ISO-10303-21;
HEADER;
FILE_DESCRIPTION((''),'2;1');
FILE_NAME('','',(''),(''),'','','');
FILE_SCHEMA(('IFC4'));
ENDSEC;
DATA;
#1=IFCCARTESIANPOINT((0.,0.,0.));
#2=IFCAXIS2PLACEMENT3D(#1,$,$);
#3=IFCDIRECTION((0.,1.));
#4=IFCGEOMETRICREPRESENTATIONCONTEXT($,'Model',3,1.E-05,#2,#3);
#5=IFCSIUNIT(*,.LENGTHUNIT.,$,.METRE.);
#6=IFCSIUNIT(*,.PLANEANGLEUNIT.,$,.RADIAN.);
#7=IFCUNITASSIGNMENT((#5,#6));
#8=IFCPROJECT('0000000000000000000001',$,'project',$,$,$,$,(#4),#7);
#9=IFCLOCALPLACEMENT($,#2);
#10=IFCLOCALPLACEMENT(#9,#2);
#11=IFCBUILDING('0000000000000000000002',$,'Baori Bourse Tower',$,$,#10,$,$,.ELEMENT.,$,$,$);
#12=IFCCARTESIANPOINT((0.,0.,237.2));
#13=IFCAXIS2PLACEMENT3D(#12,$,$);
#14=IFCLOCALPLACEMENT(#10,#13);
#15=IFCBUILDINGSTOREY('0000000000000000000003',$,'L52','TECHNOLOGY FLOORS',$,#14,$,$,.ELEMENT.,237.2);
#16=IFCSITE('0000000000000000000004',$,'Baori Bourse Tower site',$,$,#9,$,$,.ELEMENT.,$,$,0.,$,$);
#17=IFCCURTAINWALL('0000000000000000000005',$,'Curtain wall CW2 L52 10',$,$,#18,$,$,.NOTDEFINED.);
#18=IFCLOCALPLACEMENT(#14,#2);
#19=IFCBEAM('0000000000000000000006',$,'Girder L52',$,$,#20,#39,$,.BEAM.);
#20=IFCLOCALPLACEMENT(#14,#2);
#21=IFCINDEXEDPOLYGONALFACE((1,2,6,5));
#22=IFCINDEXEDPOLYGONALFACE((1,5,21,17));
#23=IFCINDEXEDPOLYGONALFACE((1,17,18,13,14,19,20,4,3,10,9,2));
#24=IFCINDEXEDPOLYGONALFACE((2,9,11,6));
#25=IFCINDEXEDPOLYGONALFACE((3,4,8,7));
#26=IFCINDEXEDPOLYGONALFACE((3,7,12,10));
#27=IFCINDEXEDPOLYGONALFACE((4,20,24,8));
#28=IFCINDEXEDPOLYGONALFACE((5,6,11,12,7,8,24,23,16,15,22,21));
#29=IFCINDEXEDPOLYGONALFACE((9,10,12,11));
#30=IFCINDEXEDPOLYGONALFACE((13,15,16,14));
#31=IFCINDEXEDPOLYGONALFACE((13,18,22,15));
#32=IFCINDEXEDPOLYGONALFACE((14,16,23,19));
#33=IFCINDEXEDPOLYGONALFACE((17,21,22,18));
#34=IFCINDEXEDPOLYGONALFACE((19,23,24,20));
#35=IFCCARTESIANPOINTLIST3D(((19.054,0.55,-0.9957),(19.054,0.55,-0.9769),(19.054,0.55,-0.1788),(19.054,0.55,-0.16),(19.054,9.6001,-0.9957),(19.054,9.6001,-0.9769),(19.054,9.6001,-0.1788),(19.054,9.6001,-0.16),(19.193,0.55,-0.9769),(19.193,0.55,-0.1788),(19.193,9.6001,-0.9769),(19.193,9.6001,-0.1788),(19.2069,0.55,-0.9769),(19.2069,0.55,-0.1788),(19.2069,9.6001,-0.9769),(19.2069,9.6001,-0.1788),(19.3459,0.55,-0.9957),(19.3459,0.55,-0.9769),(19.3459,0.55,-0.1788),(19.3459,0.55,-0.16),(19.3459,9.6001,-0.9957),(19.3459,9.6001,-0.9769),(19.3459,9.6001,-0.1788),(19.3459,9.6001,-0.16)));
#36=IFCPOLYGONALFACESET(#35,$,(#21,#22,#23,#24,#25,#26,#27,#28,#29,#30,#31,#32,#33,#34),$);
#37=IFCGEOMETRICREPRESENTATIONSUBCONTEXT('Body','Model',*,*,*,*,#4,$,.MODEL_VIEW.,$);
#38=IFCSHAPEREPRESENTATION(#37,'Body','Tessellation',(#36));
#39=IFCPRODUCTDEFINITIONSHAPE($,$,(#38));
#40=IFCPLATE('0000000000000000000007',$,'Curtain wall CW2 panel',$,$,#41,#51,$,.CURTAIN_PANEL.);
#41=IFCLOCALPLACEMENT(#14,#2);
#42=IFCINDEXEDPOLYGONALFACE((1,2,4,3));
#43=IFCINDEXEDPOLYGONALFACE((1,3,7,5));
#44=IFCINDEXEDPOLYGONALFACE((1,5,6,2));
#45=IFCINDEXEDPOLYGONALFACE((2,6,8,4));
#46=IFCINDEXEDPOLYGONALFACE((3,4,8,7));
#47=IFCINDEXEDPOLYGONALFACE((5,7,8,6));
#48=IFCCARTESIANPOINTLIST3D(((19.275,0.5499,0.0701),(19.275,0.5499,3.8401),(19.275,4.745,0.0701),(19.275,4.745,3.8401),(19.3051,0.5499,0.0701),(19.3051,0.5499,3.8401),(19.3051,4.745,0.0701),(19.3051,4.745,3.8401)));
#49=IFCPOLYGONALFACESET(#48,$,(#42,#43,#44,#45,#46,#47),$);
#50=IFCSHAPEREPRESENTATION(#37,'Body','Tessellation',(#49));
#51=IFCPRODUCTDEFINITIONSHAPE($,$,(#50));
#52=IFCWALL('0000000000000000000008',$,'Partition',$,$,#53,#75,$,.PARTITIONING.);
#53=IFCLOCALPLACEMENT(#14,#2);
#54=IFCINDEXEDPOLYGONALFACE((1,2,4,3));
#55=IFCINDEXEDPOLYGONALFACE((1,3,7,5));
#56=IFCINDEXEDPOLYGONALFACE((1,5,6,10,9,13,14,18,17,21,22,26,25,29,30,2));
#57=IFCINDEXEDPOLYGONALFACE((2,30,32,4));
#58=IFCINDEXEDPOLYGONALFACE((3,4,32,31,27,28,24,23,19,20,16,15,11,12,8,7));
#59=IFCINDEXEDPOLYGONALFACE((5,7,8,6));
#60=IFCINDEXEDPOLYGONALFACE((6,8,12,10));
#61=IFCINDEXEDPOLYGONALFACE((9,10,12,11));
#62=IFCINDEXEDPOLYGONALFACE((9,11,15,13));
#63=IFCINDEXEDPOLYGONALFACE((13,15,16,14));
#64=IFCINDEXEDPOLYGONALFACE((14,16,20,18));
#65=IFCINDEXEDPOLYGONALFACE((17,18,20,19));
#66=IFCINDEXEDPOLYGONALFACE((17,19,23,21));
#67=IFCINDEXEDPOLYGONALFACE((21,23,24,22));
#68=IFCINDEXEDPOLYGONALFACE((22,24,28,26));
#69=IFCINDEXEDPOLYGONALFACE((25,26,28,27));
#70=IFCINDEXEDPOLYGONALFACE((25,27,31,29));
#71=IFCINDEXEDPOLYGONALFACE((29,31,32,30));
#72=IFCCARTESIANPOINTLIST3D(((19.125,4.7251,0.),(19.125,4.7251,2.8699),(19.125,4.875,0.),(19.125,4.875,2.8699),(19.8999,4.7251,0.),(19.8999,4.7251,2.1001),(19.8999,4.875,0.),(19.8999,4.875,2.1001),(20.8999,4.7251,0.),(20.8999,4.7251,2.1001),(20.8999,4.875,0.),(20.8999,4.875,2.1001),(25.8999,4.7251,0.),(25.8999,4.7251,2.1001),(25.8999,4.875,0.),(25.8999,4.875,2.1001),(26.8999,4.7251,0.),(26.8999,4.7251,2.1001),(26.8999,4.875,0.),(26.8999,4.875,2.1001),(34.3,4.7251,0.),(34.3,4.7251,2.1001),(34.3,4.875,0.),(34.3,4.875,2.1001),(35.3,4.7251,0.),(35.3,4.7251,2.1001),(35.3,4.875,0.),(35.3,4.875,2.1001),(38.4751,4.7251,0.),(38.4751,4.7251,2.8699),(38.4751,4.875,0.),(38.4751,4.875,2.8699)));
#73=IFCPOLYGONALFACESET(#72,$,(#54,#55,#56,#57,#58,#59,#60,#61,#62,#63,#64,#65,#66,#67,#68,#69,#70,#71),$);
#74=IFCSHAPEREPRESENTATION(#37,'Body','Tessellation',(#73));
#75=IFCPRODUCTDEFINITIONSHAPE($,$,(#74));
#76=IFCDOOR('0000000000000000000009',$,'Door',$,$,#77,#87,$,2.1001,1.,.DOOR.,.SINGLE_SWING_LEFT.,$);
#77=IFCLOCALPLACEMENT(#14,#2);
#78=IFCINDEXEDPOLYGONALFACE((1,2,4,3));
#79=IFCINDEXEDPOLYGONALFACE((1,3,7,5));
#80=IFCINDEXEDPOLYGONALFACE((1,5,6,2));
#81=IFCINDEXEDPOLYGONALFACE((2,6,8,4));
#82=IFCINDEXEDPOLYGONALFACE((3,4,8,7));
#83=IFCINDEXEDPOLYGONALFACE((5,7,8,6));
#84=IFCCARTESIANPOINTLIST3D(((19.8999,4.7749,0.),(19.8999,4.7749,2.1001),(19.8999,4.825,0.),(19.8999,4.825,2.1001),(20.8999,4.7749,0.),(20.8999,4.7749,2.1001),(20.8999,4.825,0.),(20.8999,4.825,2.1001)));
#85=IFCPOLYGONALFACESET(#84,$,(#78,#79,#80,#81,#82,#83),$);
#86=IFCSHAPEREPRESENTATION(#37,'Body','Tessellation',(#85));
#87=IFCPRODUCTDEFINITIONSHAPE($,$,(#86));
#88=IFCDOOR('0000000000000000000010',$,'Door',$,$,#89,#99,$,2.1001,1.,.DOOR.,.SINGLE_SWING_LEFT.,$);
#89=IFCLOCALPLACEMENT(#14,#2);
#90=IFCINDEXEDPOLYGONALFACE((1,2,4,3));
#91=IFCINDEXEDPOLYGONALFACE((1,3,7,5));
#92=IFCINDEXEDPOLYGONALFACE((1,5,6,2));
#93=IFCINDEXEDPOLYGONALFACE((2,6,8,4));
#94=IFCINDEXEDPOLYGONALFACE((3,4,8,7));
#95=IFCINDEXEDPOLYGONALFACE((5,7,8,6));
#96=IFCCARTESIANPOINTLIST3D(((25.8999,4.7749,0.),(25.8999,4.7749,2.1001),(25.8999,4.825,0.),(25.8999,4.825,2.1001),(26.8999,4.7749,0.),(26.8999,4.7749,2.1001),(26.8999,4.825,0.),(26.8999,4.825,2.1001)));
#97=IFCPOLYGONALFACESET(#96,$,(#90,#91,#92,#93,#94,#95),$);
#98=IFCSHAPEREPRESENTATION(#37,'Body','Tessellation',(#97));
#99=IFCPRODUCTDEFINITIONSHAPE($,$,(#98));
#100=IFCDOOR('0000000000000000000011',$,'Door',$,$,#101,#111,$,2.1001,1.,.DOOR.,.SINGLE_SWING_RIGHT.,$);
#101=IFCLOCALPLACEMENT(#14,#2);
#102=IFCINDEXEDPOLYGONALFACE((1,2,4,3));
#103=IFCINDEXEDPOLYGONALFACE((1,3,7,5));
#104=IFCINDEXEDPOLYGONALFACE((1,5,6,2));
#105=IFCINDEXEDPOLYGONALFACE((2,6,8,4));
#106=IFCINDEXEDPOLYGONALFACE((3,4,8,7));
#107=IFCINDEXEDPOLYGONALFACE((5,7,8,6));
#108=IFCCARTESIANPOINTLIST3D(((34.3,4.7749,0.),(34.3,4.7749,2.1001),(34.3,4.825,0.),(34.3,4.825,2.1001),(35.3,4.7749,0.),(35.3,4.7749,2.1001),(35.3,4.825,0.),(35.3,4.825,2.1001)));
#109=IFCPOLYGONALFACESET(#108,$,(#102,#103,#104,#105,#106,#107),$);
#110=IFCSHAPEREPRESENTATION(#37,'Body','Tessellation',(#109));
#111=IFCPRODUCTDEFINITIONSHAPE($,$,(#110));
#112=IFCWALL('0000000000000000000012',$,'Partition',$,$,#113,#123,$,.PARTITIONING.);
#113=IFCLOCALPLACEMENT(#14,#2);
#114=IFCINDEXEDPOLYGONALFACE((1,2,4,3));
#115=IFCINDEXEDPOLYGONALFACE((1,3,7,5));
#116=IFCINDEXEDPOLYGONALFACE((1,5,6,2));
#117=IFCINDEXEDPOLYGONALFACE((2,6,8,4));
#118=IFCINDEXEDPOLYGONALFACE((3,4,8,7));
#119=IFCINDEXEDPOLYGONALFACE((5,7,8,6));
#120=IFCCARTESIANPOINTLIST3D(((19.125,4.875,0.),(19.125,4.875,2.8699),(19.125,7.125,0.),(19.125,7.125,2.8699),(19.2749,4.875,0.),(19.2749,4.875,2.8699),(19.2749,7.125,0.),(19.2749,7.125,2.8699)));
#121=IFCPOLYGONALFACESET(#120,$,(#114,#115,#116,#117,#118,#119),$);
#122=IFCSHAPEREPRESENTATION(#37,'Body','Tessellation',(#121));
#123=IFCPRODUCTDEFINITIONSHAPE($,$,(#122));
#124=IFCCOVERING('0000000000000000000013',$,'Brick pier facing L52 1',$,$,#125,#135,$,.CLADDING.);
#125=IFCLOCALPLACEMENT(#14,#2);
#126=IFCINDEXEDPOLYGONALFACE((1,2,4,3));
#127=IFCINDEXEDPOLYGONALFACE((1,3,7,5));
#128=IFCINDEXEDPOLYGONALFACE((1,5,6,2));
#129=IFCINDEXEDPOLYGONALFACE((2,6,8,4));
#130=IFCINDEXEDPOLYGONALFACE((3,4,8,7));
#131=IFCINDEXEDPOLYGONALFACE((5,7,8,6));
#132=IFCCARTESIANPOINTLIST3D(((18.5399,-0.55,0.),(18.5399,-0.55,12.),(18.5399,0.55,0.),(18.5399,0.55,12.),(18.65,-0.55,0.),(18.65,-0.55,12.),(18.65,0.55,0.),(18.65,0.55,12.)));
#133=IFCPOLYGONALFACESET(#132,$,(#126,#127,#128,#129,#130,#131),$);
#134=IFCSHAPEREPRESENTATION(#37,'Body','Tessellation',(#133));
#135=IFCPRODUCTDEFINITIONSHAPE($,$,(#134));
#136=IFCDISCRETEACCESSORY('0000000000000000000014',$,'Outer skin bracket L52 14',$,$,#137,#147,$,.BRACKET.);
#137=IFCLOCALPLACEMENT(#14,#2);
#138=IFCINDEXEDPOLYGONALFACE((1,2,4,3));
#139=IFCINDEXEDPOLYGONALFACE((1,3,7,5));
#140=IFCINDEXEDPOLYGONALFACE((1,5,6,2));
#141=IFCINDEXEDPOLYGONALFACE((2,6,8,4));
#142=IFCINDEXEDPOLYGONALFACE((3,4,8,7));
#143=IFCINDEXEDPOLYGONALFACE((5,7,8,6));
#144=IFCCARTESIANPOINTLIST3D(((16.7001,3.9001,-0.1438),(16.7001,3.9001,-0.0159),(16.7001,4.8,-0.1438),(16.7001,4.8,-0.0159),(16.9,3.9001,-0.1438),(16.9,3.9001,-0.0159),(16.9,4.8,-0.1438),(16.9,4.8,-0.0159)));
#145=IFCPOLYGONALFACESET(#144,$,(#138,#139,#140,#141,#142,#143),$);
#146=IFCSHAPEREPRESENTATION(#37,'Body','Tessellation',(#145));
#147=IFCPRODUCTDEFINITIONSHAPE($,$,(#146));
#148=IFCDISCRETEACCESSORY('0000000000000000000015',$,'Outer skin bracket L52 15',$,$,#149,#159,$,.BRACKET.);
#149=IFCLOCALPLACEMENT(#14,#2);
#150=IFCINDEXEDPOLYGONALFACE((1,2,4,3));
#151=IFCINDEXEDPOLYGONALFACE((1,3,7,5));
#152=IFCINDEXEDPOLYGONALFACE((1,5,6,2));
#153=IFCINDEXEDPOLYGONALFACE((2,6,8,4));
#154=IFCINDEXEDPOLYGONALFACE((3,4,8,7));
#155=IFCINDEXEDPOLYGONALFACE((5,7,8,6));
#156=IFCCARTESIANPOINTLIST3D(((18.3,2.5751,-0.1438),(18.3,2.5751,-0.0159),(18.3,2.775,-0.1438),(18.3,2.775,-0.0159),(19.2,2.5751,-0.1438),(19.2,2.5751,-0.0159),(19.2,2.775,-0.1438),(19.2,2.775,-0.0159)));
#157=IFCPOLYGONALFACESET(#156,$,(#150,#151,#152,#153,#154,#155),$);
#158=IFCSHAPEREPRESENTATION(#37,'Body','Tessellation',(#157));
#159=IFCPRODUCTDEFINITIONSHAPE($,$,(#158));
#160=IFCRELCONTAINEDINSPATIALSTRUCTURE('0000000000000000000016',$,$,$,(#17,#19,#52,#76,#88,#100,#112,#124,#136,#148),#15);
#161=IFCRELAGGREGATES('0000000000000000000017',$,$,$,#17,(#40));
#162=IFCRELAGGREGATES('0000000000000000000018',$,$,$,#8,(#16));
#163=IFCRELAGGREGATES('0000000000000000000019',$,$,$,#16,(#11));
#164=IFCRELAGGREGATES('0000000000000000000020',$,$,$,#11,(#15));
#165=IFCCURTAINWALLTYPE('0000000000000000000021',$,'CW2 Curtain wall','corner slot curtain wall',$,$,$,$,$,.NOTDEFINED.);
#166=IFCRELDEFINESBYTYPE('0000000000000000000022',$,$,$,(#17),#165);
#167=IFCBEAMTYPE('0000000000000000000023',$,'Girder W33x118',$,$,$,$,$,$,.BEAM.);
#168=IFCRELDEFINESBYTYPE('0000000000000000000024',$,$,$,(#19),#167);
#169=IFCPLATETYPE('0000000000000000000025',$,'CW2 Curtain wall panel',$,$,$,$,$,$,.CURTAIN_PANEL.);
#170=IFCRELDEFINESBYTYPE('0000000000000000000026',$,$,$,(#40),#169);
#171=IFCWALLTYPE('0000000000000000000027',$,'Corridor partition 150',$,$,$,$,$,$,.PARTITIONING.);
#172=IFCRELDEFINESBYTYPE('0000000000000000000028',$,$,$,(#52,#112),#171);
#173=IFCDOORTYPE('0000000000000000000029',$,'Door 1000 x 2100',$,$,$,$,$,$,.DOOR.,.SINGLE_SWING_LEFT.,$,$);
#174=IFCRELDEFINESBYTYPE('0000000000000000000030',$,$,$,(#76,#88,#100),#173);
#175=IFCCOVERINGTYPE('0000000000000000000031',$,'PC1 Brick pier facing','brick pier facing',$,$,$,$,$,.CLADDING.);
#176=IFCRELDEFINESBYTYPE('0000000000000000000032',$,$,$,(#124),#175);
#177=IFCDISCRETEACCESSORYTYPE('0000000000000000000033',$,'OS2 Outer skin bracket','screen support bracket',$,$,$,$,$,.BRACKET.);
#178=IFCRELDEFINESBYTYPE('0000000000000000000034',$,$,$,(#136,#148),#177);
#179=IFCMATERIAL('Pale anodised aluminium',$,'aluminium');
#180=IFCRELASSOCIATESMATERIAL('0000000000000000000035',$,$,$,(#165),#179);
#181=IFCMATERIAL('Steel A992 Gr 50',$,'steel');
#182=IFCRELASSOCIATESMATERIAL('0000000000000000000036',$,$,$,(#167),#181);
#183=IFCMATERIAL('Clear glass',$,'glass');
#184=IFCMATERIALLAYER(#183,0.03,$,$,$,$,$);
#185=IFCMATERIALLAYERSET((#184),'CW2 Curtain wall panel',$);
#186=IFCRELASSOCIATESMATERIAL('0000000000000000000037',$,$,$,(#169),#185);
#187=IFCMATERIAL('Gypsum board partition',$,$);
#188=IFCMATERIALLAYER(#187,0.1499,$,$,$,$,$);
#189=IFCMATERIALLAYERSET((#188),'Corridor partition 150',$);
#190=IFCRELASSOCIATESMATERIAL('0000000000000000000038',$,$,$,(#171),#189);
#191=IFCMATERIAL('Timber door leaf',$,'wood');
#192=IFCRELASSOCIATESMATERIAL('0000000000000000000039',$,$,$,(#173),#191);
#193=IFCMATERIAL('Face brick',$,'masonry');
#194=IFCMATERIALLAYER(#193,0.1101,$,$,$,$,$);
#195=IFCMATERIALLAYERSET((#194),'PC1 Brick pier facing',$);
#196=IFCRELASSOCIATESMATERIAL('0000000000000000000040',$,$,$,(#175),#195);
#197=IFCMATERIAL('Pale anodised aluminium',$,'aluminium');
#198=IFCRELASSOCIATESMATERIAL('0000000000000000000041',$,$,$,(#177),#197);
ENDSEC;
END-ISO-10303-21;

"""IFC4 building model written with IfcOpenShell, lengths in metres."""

from ifc_helpers import new_model, si_unit, direction, frame, frame_2d, origin, origin_2d, place, context, subcontext, project, spatial, rectangle, i_section, extrude, material, layer, layer_set, material_profile, profile_set, type_object, element, fill, aggregate, save


model = new_model("IFC4")

# Units and contexts
model_context = context("Model", 3, precision=1e-05, world=origin(), true_north=direction((0.0, 1.0)))
body_context = subcontext(model_context, "Body", "Model", "MODEL_VIEW")
ifc_project = project(units=[si_unit("LENGTHUNIT", "METRE"), si_unit("PLANEANGLEUNIT", "RADIAN")], contexts=[model_context])

# Site, building, storey
site_placement = place(None, origin())
site = spatial("IfcSite", under=ifc_project, at=site_placement, Name="Baori Bourse Tower site", CompositionType="ELEMENT", RefElevation=0.0)
building_placement = place(site_placement, origin())
building = spatial("IfcBuilding", under=site, at=building_placement, Name="Baori Bourse Tower", CompositionType="ELEMENT")
storey_placement = place(building_placement, frame((0.0, 0.0, 237.2)))
storey = spatial("IfcBuildingStorey", under=building, at=storey_placement, Name="L52", Description="TECHNOLOGY FLOORS", CompositionType="ELEMENT", Elevation=237.2)

# Curtain wall
ifc_material_1 = material(Name="Pale anodised aluminium", Category="aluminium")
curtain_wall_type_1 = type_object("IfcCurtainWallType", Name="CW2 Curtain wall", Description="corner slot curtain wall", PredefinedType="NOTDEFINED", material=ifc_material_1)
curtain_wall_1_placement = place(storey_placement, origin())
curtain_wall_1 = element("IfcCurtainWall", 1, at=curtain_wall_1_placement, inside=storey, type_object=curtain_wall_type_1, Name="Curtain wall CW2 L52 10", PredefinedType="NOTDEFINED")

# Beam
ifc_material_2 = material(Name="Steel A992 Gr 50", Category="steel")
ifc_material_profile_1 = material_profile(ifc_material_2, i_section(OverallWidth=0.292, OverallDepth=0.8357, WebThickness=0.0139, FlangeThickness=0.0188, at=origin_2d()), Name="W33x118")
ifc_profile_set_1 = profile_set([ifc_material_profile_1], Name="Steel A992 Gr 50")
beam_type_1 = type_object("IfcBeamType", Name="Girder W33x118", PredefinedType="BEAM", material=ifc_profile_set_1)
beam_1_placement = place(storey_placement, frame((19.2, 0.55, -0.5779), z_axis=(0.0, 1.0, 0.0), x_axis=(-1.0, 0.0, 0.0)))
element("IfcBeam", 2, at=beam_1_placement, inside=storey, type_object=beam_type_1, Name="Girder L52", PredefinedType="BEAM", context=body_context, shape_type="SweptSolid", body=[
    extrude(i_section(OverallWidth=0.292, OverallDepth=0.8357, WebThickness=0.0139, FlangeThickness=0.0188, at=origin_2d()), origin(), (0.0, 0.0, 1.0), 9.05),
])

# Plate
ifc_material_3 = material(Name="Clear glass", Category="glass")
ifc_layer_1 = layer(ifc_material_3, 0.03)
ifc_layer_set_1 = layer_set([ifc_layer_1], Name="CW2 Curtain wall panel")
plate_type = type_object("IfcPlateType", Name="CW2 Curtain wall panel", PredefinedType="CURTAIN_PANEL", material=ifc_layer_set_1)
plate_placement = place(storey_placement, frame((19.29, 2.6475, 0.0701), z_axis=(0.0, 0.0, 1.0), x_axis=(0.0, -1.0, 0.0)))
plate = element("IfcPlate", 3, at=plate_placement, type_object=plate_type, Name="Curtain wall CW2 panel", PredefinedType="CURTAIN_PANEL", context=body_context, shape_type="SweptSolid", body=[
    extrude(rectangle(XDim=4.1951, YDim=0.03, at=origin_2d()), origin(), (0.0, 0.0, 1.0), 3.77),
])
aggregate(curtain_wall_1, [plate])

# Wall, openings, doors
ifc_material_4 = material(Name="Gypsum board partition")
ifc_layer_2 = layer(ifc_material_4, 0.1499)
ifc_layer_set_2 = layer_set([ifc_layer_2], Name="Corridor partition 150")
wall_type = type_object("IfcWallType", Name="Corridor partition 150", PredefinedType="PARTITIONING", material=ifc_layer_set_2)
wall_1_placement = place(storey_placement, frame((19.125, 4.8, 0.0), z_axis=(0.0, 0.0, 1.0), x_axis=(1.0, 0.0, 0.0)))
wall_1 = element("IfcWall", 4, at=wall_1_placement, inside=storey, type_object=wall_type, Name="Partition", PredefinedType="PARTITIONING", context=body_context, shape_type="SweptSolid", body=[
    extrude(rectangle(XDim=19.3501, YDim=0.1499, at=frame_2d((9.675, 0.0))), origin(), (0.0, 0.0, 1.0), 2.8699),
])
opening_1_placement = place(wall_1_placement, frame((0.7749, 0.0, 0.0)))
opening_1 = element("IfcOpeningElement", 5, at=opening_1_placement, cuts=wall_1, PredefinedType="OPENING", context=body_context, shape_type="SweptSolid", body=[
    extrude(rectangle(XDim=1.0, YDim=2.1001, at=frame_2d((0.5, 1.05))), frame((0.0, 0.085, 0.0), z_axis=(0.0, -1.0, 0.0), x_axis=(1.0, 0.0, 0.0)), (0.0, 0.0, 1.0), 0.1699),
])
opening_2_placement = place(wall_1_placement, frame((6.7749, 0.0, 0.0)))
opening_2 = element("IfcOpeningElement", 6, at=opening_2_placement, cuts=wall_1, PredefinedType="OPENING", context=body_context, shape_type="SweptSolid", body=[
    extrude(rectangle(XDim=1.0, YDim=2.1001, at=frame_2d((0.5, 1.05))), frame((0.0, 0.085, 0.0), z_axis=(0.0, -1.0, 0.0), x_axis=(1.0, 0.0, 0.0)), (0.0, 0.0, 1.0), 0.1699),
])
opening_3_placement = place(wall_1_placement, frame((15.175, 0.0, 0.0)))
opening_3 = element("IfcOpeningElement", 7, at=opening_3_placement, cuts=wall_1, PredefinedType="OPENING", context=body_context, shape_type="SweptSolid", body=[
    extrude(rectangle(XDim=1.0, YDim=2.1001, at=frame_2d((0.5, 1.05))), frame((0.0, 0.085, 0.0), z_axis=(0.0, -1.0, 0.0), x_axis=(1.0, 0.0, 0.0)), (0.0, 0.0, 1.0), 0.1699),
])
ifc_material_5 = material(Name="Timber door leaf", Category="wood")
door_type = type_object("IfcDoorType", Name="Door 1000 x 2100", OperationType="SINGLE_SWING_LEFT", PredefinedType="DOOR", material=ifc_material_5)
door_1_placement = place(opening_1_placement, origin())
door_1 = element("IfcDoor", 8, at=door_1_placement, inside=storey, type_object=door_type, Name="Door", OperationType="SINGLE_SWING_LEFT", OverallHeight=2.1001, OverallWidth=1.0, PredefinedType="DOOR", context=body_context, shape_type="SweptSolid", body=[
    extrude(rectangle(XDim=1.0, YDim=2.1001, at=frame_2d((0.5, 1.05))), frame((0.0, 0.0249, 0.0), z_axis=(0.0, -1.0, 0.0), x_axis=(1.0, 0.0, 0.0)), (0.0, 0.0, 1.0), 0.05),
])
fill(opening_1, door_1)
door_2_placement = place(opening_2_placement, origin())
door_2 = element("IfcDoor", 9, at=door_2_placement, inside=storey, type_object=door_type, Name="Door", OperationType="SINGLE_SWING_LEFT", OverallHeight=2.1001, OverallWidth=1.0, PredefinedType="DOOR", context=body_context, shape_type="SweptSolid", body=[
    extrude(rectangle(XDim=1.0, YDim=2.1001, at=frame_2d((0.5, 1.05))), frame((0.0, 0.0249, 0.0), z_axis=(0.0, -1.0, 0.0), x_axis=(1.0, 0.0, 0.0)), (0.0, 0.0, 1.0), 0.05),
])
fill(opening_2, door_2)
door_3_placement = place(opening_3_placement, origin())
door_3 = element("IfcDoor", 10, at=door_3_placement, inside=storey, type_object=door_type, Name="Door", OperationType="SINGLE_SWING_RIGHT", OverallHeight=2.1001, OverallWidth=1.0, PredefinedType="DOOR", context=body_context, shape_type="SweptSolid", body=[
    extrude(rectangle(XDim=1.0, YDim=2.1001, at=frame_2d((0.5, 1.05))), frame((0.0, 0.0249, 0.0), z_axis=(0.0, -1.0, 0.0), x_axis=(1.0, 0.0, 0.0)), (0.0, 0.0, 1.0), 0.05),
])
fill(opening_3, door_3)

# Wall
wall_2_placement = place(storey_placement, frame((19.2, 4.875, 0.0), z_axis=(0.0, 0.0, 1.0), x_axis=(0.0, 1.0, 0.0)))
element("IfcWall", 11, at=wall_2_placement, inside=storey, type_object=wall_type, Name="Partition", PredefinedType="PARTITIONING", context=body_context, shape_type="SweptSolid", body=[
    extrude(rectangle(XDim=2.25, YDim=0.1499, at=frame_2d((1.125, 0.0))), origin(), (0.0, 0.0, 1.0), 2.8699),
])

# Covering
ifc_material_6 = material(Name="Face brick", Category="masonry")
ifc_layer_3 = layer(ifc_material_6, 0.1101)
ifc_layer_set_3 = layer_set([ifc_layer_3], Name="PC1 Brick pier facing")
covering_type = type_object("IfcCoveringType", Name="PC1 Brick pier facing", Description="brick pier facing", PredefinedType="CLADDING", material=ifc_layer_set_3)
covering_placement = place(storey_placement, frame((18.595, 0.0, 0.0), z_axis=(0.0, 0.0, 1.0), x_axis=(1.0, 0.0, 0.0)))
element("IfcCovering", 12, at=covering_placement, inside=storey, type_object=covering_type, Name="Brick pier facing L52 1", PredefinedType="CLADDING", context=body_context, shape_type="SweptSolid", body=[
    extrude(rectangle(XDim=0.1101, YDim=1.1001, at=origin_2d()), origin(), (0.0, 0.0, 1.0), 12.0),
])

# Discrete accessories
ifc_material_7 = material(Name="Pale anodised aluminium", Category="aluminium")
discrete_accessory_type = type_object("IfcDiscreteAccessoryType", Name="OS2 Outer skin bracket", Description="screen support bracket", PredefinedType="BRACKET", material=ifc_material_7)
for number, where, z_axis, x_axis, name in (
    (13, (16.8, 4.3501, -0.1438), (0.0, 0.0, 1.0), (1.0, 0.0, 0.0), "Outer skin bracket L52 14"),
    (14, (18.75, 2.675, -0.1438), (0.0, 0.0, 1.0), (0.0, -1.0, 0.0), "Outer skin bracket L52 15"),
):
    element("IfcDiscreteAccessory", number, at=place(storey_placement, frame(where, z_axis=z_axis, x_axis=x_axis)), inside=storey, type_object=discrete_accessory_type, Name=name, PredefinedType="BRACKET", context=body_context, shape_type="SweptSolid", body=[
        extrude(rectangle(XDim=0.2, YDim=0.8999, at=origin_2d()), origin(), (0.0, 0.0, 1.0), 0.1279),
    ])

save(model, "model.ifc")
